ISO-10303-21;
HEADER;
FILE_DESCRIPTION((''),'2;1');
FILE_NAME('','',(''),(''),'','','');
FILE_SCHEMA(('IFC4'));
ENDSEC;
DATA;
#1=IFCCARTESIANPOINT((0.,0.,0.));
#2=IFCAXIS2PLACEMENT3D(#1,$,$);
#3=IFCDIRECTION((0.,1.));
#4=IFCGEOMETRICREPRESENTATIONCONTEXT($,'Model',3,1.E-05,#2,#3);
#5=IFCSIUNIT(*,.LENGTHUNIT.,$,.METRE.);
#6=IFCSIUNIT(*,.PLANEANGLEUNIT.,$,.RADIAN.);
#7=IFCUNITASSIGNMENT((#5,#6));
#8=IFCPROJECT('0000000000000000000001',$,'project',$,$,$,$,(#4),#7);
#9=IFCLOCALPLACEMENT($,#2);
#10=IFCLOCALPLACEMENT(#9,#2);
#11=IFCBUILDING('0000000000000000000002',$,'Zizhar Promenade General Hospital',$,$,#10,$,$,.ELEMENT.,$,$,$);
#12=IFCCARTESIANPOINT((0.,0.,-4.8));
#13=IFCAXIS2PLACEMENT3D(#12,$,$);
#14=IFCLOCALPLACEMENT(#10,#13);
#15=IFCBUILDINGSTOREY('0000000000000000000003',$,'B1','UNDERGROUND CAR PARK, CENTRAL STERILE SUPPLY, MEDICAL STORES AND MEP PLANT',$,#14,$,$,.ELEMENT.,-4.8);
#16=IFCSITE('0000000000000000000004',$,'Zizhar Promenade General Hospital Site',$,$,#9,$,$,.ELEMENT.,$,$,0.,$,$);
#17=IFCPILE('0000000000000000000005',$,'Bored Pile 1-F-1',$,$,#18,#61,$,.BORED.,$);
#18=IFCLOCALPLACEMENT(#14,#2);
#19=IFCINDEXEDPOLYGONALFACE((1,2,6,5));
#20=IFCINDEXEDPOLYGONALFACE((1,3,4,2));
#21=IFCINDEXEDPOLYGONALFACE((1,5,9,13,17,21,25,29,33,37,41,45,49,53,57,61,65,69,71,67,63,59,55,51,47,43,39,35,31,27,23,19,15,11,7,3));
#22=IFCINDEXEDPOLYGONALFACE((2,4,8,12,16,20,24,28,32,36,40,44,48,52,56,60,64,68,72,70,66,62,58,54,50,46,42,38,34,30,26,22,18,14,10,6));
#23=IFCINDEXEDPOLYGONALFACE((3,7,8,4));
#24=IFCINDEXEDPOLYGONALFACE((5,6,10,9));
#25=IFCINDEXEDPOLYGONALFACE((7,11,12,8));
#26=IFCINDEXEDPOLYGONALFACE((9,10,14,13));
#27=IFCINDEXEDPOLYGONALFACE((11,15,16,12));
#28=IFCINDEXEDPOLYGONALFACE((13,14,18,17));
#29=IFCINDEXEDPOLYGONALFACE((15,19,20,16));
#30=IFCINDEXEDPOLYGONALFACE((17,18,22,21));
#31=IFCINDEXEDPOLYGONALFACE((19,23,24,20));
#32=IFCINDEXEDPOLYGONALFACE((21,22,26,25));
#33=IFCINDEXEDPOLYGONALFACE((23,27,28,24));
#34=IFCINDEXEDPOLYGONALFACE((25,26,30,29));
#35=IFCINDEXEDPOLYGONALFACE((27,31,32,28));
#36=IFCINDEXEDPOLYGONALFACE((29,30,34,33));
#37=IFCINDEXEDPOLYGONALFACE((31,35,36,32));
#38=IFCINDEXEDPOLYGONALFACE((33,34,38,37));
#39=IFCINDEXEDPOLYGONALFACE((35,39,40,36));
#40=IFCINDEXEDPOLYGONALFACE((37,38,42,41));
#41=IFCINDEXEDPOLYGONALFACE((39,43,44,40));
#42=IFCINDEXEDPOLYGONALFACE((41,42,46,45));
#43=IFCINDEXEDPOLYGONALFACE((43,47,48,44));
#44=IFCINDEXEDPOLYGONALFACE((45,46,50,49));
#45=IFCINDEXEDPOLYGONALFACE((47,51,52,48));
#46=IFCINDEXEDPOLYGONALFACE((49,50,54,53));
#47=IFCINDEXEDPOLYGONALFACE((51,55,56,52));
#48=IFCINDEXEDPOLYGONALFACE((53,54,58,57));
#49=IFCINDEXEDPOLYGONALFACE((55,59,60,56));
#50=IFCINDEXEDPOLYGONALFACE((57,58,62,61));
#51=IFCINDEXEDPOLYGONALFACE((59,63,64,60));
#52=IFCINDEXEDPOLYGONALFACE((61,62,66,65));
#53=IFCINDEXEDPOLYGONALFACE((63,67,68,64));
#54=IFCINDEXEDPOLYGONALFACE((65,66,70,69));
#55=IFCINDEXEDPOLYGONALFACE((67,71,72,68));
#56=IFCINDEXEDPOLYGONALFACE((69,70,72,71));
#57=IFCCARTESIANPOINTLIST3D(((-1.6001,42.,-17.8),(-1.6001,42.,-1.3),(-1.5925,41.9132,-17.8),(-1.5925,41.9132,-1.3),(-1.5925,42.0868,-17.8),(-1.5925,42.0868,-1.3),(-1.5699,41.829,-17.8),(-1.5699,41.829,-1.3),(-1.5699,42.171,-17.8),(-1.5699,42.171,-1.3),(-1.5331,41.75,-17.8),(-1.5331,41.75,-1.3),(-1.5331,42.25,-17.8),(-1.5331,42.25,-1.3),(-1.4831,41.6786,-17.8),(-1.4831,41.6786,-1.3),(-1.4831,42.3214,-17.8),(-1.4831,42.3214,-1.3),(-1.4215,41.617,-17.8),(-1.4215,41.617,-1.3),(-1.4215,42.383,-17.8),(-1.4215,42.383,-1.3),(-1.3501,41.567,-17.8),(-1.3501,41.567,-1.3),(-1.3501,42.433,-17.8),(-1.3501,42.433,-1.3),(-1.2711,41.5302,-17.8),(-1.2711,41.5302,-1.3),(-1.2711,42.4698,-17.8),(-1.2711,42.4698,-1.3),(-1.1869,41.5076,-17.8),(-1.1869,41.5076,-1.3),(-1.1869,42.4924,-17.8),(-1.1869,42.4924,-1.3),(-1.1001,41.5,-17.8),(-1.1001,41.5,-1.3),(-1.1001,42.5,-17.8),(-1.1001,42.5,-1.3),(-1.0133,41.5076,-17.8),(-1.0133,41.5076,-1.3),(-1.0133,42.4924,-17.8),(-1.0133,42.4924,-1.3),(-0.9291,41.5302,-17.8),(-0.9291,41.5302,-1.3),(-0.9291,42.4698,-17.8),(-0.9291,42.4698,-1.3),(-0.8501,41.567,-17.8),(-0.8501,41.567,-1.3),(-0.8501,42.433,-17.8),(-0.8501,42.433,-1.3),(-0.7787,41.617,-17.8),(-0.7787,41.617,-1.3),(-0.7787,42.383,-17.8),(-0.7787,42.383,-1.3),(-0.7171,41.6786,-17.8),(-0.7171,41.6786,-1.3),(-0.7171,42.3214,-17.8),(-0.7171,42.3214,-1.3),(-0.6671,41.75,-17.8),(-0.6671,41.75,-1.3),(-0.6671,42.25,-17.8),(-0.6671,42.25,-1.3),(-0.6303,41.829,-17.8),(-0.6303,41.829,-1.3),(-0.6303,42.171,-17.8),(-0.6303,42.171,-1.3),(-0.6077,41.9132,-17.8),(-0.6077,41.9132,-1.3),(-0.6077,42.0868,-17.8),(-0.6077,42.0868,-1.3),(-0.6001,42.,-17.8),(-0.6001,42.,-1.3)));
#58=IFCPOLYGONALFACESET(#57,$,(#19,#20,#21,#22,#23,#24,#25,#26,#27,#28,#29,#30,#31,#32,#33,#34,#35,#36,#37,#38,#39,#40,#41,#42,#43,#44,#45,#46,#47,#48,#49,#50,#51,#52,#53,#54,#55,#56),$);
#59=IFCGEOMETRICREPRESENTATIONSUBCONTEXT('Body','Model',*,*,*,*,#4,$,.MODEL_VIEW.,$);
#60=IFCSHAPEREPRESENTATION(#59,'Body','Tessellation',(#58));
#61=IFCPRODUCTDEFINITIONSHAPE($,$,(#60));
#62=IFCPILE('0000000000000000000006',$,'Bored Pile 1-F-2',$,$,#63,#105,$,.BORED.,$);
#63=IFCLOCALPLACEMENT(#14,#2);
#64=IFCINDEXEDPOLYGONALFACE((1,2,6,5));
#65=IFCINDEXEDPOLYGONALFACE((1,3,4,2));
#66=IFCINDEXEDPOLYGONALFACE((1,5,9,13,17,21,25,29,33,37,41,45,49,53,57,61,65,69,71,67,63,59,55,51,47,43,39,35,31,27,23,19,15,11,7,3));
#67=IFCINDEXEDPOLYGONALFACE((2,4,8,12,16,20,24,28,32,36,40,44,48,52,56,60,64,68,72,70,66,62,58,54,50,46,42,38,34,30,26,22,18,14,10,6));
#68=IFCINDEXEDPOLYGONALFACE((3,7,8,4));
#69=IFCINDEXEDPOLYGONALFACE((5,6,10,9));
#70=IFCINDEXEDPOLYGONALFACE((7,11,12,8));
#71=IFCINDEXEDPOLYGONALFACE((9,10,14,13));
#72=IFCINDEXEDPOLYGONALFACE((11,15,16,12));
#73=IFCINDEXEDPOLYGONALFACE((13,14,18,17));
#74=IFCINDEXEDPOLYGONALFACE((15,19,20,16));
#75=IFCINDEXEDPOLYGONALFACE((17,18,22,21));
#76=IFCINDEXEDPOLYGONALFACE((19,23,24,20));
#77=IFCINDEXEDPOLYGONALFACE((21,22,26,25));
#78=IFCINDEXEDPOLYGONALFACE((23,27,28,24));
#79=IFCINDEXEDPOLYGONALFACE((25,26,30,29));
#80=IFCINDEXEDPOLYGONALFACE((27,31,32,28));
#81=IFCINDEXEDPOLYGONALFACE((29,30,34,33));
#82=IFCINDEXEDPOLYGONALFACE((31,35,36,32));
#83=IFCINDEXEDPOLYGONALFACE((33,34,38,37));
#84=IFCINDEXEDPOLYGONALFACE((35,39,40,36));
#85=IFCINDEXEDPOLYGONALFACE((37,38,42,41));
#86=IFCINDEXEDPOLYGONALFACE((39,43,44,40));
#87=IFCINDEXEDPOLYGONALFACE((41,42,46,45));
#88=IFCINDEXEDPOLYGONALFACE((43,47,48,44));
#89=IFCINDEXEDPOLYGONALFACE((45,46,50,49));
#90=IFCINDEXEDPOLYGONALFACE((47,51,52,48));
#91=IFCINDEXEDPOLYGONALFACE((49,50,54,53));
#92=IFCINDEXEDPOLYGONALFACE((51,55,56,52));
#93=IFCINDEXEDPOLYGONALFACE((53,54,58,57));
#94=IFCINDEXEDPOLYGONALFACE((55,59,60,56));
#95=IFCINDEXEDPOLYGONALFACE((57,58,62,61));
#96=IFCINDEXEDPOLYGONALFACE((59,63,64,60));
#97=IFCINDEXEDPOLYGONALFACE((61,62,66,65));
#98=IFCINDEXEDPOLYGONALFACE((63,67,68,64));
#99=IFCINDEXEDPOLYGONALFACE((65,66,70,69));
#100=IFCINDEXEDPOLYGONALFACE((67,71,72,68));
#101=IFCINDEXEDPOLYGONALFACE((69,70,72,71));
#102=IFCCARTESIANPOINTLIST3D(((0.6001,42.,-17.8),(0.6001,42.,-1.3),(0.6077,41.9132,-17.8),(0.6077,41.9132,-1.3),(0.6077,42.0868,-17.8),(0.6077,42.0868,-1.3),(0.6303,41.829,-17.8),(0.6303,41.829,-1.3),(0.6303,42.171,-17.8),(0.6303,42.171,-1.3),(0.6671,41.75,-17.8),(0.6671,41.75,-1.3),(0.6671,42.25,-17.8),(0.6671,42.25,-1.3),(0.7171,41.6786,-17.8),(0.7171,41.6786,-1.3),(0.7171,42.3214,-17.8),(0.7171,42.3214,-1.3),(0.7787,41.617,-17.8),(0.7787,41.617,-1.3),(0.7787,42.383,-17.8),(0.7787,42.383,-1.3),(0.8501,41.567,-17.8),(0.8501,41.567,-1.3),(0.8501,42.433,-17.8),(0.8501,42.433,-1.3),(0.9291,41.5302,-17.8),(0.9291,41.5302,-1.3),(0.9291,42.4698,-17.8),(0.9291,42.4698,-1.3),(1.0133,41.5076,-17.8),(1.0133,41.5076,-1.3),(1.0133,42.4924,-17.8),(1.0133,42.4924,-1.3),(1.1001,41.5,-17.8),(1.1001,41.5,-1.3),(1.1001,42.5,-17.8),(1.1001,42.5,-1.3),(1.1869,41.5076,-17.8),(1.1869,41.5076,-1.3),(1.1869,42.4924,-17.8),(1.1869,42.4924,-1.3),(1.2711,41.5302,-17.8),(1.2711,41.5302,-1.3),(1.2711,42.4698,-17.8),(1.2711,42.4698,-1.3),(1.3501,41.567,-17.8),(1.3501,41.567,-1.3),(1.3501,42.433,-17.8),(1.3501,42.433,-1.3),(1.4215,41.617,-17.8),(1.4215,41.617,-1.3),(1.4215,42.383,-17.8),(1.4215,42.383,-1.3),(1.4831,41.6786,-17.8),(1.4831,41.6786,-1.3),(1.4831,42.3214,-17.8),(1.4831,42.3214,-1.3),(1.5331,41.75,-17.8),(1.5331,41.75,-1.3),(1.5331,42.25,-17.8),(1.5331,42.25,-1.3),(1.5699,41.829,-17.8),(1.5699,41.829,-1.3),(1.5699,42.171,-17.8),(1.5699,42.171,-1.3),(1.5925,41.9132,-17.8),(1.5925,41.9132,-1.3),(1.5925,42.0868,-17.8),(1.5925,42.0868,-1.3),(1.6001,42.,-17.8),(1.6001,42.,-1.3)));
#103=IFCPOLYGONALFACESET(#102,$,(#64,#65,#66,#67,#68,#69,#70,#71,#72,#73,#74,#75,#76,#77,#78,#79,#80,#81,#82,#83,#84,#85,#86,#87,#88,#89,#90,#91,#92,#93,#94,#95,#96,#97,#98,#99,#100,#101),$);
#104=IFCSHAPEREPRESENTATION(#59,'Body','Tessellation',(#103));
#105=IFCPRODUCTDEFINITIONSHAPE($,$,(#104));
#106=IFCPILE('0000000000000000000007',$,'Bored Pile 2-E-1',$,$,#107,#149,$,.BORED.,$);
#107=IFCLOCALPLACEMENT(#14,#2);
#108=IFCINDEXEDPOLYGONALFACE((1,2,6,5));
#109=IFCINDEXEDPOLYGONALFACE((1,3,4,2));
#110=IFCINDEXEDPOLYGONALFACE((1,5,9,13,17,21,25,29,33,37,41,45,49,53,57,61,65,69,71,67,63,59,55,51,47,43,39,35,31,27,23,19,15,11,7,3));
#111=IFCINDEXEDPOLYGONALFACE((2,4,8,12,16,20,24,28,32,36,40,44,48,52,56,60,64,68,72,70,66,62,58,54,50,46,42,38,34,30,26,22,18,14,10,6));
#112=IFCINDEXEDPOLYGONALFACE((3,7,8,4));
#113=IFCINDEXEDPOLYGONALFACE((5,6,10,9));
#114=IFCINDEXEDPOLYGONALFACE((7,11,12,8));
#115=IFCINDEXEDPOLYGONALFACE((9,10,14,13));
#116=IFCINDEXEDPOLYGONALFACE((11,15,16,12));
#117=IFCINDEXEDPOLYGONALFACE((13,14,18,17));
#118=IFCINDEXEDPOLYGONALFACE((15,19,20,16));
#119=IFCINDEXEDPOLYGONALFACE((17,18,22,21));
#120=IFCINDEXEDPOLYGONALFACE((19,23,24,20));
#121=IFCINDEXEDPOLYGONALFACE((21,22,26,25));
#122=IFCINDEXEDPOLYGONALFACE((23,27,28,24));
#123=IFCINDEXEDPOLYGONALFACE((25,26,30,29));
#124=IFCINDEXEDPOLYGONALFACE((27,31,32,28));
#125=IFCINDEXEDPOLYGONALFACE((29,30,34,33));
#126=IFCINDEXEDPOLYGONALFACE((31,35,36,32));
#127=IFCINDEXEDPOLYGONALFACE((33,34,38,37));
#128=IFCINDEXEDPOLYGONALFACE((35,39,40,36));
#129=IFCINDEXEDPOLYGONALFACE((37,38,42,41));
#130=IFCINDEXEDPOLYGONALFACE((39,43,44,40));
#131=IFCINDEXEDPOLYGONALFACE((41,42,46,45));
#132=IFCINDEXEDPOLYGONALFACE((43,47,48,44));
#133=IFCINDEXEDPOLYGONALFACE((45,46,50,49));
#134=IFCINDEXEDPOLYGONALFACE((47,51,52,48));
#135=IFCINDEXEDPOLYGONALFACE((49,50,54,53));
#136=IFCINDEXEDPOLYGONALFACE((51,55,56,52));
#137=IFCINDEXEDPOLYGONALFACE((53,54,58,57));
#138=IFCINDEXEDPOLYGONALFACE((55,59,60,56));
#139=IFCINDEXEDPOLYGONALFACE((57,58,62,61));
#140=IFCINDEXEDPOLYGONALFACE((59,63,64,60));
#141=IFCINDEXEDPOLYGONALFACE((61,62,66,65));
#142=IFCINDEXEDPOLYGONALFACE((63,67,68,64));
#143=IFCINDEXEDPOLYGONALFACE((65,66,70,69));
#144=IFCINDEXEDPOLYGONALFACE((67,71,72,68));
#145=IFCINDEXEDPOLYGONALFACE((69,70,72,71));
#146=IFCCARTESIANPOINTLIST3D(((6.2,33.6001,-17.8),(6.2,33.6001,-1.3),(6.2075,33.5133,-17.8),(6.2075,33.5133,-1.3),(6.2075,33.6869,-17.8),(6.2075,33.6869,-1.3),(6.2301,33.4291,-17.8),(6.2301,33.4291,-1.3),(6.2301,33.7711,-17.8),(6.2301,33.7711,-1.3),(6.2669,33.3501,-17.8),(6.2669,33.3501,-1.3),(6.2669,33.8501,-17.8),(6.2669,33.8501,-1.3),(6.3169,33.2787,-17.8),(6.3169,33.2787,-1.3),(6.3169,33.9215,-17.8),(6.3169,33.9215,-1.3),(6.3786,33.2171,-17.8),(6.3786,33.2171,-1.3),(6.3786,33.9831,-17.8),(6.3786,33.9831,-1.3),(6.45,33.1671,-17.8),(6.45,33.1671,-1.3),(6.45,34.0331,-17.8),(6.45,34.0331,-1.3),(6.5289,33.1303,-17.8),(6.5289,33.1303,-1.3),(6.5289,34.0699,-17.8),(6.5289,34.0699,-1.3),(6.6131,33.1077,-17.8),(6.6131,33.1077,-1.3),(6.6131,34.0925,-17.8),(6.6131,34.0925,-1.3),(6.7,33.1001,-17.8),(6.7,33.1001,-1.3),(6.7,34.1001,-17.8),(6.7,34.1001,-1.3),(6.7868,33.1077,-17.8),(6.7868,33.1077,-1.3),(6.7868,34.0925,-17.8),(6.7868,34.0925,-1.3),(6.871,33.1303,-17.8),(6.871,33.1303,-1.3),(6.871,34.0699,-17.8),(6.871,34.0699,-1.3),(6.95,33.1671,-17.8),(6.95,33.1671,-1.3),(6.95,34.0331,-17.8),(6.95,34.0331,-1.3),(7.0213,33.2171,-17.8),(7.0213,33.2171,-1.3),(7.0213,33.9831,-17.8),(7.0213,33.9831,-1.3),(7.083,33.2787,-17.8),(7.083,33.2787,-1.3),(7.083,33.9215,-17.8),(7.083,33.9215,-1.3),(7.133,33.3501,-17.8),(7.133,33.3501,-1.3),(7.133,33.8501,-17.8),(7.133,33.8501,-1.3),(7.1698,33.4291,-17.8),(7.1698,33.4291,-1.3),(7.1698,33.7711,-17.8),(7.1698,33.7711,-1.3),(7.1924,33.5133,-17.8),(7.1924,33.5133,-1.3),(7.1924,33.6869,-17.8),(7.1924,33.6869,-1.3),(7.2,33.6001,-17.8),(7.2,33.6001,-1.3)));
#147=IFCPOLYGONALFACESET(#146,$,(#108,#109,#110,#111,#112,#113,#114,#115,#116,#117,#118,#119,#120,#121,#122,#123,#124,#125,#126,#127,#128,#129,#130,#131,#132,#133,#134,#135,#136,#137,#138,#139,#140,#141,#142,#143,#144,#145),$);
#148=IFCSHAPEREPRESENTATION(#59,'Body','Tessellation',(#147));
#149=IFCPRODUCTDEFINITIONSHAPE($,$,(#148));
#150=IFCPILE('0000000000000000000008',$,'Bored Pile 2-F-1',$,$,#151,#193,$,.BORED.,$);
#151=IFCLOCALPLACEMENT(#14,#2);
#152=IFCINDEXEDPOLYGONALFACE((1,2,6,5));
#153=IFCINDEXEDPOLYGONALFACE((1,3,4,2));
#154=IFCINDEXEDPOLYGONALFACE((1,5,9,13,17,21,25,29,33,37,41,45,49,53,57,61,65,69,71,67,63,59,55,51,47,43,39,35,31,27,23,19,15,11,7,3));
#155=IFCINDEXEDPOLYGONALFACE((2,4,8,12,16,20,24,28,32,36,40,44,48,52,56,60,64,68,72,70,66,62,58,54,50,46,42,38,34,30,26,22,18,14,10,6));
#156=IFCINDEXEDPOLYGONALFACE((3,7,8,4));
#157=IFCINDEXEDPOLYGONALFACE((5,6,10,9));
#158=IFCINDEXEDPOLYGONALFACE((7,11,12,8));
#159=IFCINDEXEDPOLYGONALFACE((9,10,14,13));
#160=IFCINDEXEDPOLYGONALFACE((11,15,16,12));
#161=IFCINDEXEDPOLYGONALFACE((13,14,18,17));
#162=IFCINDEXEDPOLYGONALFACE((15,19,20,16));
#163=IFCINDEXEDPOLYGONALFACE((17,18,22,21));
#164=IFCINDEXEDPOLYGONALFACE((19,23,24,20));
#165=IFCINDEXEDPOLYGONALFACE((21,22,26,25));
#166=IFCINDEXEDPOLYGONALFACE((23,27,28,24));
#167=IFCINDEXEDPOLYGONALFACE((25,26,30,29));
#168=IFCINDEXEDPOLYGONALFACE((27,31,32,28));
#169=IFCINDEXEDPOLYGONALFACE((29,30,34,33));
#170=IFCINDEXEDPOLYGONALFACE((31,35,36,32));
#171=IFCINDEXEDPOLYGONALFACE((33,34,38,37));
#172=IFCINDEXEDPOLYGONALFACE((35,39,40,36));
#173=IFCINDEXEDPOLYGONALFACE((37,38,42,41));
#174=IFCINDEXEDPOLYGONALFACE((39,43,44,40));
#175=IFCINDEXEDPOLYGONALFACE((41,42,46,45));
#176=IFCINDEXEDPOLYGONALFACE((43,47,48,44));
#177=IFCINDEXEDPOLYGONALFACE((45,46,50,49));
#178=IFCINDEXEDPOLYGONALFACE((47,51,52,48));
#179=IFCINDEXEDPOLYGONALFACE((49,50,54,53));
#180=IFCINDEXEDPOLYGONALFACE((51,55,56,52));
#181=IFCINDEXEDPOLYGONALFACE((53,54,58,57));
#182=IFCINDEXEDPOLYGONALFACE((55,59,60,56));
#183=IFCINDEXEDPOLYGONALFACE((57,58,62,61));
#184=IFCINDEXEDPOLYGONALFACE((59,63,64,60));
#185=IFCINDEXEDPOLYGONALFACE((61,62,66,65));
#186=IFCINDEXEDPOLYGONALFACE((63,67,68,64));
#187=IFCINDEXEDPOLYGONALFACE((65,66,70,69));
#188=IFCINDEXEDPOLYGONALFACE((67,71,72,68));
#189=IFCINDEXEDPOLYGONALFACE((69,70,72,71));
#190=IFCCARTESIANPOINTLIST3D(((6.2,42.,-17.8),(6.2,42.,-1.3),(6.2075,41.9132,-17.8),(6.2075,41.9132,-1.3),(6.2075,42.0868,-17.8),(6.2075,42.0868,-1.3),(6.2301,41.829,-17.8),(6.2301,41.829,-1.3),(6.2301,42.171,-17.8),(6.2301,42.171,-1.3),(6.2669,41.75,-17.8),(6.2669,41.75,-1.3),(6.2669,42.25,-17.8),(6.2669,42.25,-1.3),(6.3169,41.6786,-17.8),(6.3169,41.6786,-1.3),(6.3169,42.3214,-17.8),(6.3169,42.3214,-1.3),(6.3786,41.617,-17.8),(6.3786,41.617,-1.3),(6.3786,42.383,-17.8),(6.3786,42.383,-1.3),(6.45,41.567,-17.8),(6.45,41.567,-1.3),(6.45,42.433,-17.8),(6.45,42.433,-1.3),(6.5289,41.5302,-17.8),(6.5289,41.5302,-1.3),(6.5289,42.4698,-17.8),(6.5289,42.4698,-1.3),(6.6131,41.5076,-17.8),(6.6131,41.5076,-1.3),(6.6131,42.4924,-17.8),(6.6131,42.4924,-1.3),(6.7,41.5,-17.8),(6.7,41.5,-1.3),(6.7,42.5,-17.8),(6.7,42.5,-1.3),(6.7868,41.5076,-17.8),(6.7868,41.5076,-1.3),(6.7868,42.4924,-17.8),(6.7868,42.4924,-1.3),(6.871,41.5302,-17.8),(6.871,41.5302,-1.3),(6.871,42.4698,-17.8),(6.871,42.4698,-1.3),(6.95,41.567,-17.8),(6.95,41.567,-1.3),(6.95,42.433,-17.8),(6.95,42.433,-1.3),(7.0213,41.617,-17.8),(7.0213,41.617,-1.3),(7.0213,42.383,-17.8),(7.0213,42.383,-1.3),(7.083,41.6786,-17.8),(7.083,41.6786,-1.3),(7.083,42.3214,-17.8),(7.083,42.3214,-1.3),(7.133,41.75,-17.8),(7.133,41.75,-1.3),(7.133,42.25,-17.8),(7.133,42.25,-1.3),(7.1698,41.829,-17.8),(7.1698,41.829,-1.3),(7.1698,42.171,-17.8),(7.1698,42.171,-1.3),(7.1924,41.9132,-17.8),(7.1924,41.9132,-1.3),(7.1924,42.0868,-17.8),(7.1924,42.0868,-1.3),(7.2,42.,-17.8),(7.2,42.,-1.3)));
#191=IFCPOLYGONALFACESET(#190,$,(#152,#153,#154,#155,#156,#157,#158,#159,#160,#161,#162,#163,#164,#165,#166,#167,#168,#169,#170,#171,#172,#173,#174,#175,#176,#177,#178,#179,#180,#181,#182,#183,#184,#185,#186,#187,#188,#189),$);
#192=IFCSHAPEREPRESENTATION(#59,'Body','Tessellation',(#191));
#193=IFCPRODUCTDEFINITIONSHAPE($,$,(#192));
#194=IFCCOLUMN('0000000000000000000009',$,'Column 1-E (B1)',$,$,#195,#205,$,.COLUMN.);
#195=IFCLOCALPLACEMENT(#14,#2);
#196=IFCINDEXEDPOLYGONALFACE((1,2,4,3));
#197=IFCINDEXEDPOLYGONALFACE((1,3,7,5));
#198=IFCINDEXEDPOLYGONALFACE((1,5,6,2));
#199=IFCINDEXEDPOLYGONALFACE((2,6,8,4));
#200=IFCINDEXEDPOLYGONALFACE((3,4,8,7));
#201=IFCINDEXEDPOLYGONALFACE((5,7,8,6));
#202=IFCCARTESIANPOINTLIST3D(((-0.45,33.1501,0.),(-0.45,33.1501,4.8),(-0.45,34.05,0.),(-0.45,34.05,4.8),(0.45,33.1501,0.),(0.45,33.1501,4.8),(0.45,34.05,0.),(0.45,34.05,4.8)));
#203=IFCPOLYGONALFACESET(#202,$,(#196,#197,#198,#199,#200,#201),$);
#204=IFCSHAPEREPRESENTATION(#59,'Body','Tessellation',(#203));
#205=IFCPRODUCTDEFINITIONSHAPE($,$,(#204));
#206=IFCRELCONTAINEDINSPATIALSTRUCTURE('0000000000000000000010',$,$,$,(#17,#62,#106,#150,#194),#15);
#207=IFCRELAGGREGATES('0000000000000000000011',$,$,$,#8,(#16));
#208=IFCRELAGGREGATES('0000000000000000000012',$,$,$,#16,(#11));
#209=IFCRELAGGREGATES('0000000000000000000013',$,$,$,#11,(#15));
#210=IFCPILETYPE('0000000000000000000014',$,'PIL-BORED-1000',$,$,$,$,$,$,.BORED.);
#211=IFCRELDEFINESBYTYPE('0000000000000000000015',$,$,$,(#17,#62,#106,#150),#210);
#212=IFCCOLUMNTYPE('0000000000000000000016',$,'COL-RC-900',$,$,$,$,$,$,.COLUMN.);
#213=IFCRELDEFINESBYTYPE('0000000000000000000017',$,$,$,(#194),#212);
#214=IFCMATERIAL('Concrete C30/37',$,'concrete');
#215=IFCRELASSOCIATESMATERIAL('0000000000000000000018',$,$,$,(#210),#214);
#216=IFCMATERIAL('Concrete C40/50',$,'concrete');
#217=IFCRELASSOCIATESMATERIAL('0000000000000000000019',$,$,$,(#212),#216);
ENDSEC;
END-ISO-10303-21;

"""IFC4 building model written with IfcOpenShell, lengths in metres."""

from ifc_helpers import new_model, si_unit, direction, frame, origin, origin_2d, place, context, subcontext, project, spatial, rectangle, circle, extrude, material, material_profile, profile_set, type_object, element, save


model = new_model("IFC4")

# Units and contexts
model_context = context("Model", 3, precision=1e-05, world=origin(), true_north=direction((0.0, 1.0)))
body_context = subcontext(model_context, "Body", "Model", "MODEL_VIEW")
ifc_project = project(units=[si_unit("LENGTHUNIT", "METRE"), si_unit("PLANEANGLEUNIT", "RADIAN")], contexts=[model_context])

# Site, building, storey
site_placement = place(None, origin())
site = spatial("IfcSite", under=ifc_project, at=site_placement, Name="Zizhar Promenade General Hospital Site", CompositionType="ELEMENT", RefElevation=0.0)
building_placement = place(site_placement, origin())
building = spatial("IfcBuilding", under=site, at=building_placement, Name="Zizhar Promenade General Hospital", CompositionType="ELEMENT")
storey_placement = place(building_placement, frame((0.0, 0.0, -4.8)))
storey = spatial("IfcBuildingStorey", under=building, at=storey_placement, Name="B1", Description="UNDERGROUND CAR PARK, CENTRAL STERILE SUPPLY, MEDICAL STORES AND MEP PLANT", CompositionType="ELEMENT", Elevation=-4.8)

# Piles
ifc_material_1 = material(Name="Concrete C30/37", Category="concrete")
ifc_material_profile_1 = material_profile(ifc_material_1, circle(Radius=0.5, at=origin_2d()))
ifc_profile_set_1 = profile_set([ifc_material_profile_1], Name="Concrete C30/37")
pile_type = type_object("IfcPileType", Name="PIL-BORED-1000", PredefinedType="BORED", material=ifc_profile_set_1)
for number, where, z_axis, x_axis, name in (
    (1, (-1.1001, 42.0, -1.3), (0.0, 0.0, -1.0), (1.0, 0.0, 0.0), "Bored Pile 1-F-1"),
    (2, (1.1001, 42.0, -1.3), (0.0, 0.0, -1.0), (1.0, 0.0, 0.0), "Bored Pile 1-F-2"),
    (3, (6.7, 33.6001, -1.3), (0.0, 0.0, -1.0), (1.0, 0.0, 0.0), "Bored Pile 2-E-1"),
    (4, (6.7, 42.0, -1.3), (0.0, 0.0, -1.0), (1.0, 0.0, 0.0), "Bored Pile 2-F-1"),
):
    element("IfcPile", number, at=place(storey_placement, frame(where, z_axis=z_axis, x_axis=x_axis)), inside=storey, type_object=pile_type, Name=name, PredefinedType="BORED", context=body_context, shape_type="SweptSolid", body=[
        extrude(circle(Radius=0.5, at=origin_2d()), origin(), (0.0, 0.0, 1.0), 16.5),
    ])

# Column
ifc_material_2 = material(Name="Concrete C40/50", Category="concrete")
ifc_material_profile_2 = material_profile(ifc_material_2, rectangle(XDim=0.8999, YDim=0.8999, at=origin_2d()))
ifc_profile_set_2 = profile_set([ifc_material_profile_2], Name="Concrete C40/50")
column_type = type_object("IfcColumnType", Name="COL-RC-900", PredefinedType="COLUMN", material=ifc_profile_set_2)
for number, where, z_axis, x_axis, name in (
    (5, (0.0, 33.6001, 0.0), (0.0, 0.0, 1.0), (1.0, 0.0, 0.0), "Column 1-E (B1)"),
):
    element("IfcColumn", number, at=place(storey_placement, frame(where, z_axis=z_axis, x_axis=x_axis)), inside=storey, type_object=column_type, Name=name, PredefinedType="COLUMN", context=body_context, shape_type="SweptSolid", body=[
        extrude(rectangle(XDim=0.8999, YDim=0.8999, at=origin_2d()), origin(), (0.0, 0.0, 1.0), 4.8),
    ])

save(model, "model.ifc")
